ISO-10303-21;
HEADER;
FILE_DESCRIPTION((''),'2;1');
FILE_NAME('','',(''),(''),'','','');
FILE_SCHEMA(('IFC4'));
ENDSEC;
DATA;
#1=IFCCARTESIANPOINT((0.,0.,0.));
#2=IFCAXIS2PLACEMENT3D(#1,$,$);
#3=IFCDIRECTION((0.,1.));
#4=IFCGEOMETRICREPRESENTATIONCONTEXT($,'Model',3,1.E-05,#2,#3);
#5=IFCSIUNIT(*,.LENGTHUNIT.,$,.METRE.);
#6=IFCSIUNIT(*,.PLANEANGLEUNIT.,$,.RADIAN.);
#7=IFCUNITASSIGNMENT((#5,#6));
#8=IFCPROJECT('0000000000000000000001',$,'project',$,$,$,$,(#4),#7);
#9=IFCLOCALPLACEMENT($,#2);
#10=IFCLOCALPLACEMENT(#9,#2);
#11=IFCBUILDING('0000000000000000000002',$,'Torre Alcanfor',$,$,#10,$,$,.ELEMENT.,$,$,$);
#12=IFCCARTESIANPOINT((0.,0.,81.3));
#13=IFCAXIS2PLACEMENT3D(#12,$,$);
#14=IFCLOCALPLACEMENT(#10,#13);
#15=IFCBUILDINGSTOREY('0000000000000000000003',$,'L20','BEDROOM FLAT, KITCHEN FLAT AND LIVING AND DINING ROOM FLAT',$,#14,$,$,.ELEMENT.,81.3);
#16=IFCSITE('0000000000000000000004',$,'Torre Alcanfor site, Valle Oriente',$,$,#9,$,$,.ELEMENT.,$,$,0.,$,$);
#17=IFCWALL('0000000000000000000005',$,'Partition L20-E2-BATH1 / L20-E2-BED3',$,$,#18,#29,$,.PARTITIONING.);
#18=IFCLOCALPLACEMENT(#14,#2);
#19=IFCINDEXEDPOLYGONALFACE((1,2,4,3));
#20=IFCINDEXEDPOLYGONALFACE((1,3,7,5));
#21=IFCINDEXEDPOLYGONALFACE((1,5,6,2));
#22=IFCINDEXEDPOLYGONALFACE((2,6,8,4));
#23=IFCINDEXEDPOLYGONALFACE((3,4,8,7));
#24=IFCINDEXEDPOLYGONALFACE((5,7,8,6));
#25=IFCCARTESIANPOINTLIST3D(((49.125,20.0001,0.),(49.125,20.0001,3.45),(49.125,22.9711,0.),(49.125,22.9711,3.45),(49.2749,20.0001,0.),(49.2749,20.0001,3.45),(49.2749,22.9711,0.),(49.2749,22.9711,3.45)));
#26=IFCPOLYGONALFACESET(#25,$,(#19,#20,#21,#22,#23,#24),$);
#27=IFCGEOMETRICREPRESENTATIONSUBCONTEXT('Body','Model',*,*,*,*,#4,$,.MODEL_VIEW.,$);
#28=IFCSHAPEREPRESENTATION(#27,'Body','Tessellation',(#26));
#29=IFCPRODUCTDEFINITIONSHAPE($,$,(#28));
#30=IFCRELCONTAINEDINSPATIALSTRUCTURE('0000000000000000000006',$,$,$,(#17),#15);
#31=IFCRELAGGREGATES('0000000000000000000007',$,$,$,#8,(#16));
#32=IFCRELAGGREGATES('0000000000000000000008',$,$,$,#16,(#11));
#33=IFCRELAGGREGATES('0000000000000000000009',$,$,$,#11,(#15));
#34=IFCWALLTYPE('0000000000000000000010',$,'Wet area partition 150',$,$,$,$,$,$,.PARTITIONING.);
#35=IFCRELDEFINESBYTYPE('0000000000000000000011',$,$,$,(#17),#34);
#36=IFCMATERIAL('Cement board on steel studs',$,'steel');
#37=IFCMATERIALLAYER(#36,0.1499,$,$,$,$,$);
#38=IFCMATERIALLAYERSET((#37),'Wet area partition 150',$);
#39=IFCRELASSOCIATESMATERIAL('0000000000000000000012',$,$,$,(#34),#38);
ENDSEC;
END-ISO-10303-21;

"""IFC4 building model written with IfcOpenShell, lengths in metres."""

from ifc_helpers import new_model, si_unit, direction, frame, frame_2d, origin, place, context, subcontext, project, spatial, rectangle, extrude, material, layer, layer_set, type_object, element, save


model = new_model("IFC4")

# Units and contexts
model_context = context("Model", 3, precision=1e-05, world=origin(), true_north=direction((0.0, 1.0)))
body_context = subcontext(model_context, "Body", "Model", "MODEL_VIEW")
ifc_project = project(units=[si_unit("LENGTHUNIT", "METRE"), si_unit("PLANEANGLEUNIT", "RADIAN")], contexts=[model_context])

# Site, building, storey
site_placement = place(None, origin())
site = spatial("IfcSite", under=ifc_project, at=site_placement, Name="Torre Alcanfor site, Valle Oriente", CompositionType="ELEMENT", RefElevation=0.0)
building_placement = place(site_placement, origin())
building = spatial("IfcBuilding", under=site, at=building_placement, Name="Torre Alcanfor", CompositionType="ELEMENT")
storey_placement = place(building_placement, frame((0.0, 0.0, 81.3)))
storey = spatial("IfcBuildingStorey", under=building, at=storey_placement, Name="L20", Description="BEDROOM FLAT, KITCHEN FLAT AND LIVING AND DINING ROOM FLAT", CompositionType="ELEMENT", Elevation=81.3)

# Shared definitions
ifc_material_1 = material(Name="Cement board on steel studs", Category="steel")
ifc_layer_1 = layer(ifc_material_1, 0.1499)
ifc_layer_set_1 = layer_set([ifc_layer_1], Name="Wet area partition 150")
wall_type_1 = type_object("IfcWallType", Name="Wet area partition 150", PredefinedType="PARTITIONING", material=ifc_layer_set_1)

# Wall
for number, where, z_axis, x_axis, name in (
    (1, (49.2, 22.9709, 0.0), (0.0, 0.0, 1.0), (0.0, -1.0, 0.0), "Partition L20-E2-BATH1 / L20-E2-BED3"),
):
    element("IfcWall", number, at=place(storey_placement, frame(where, z_axis=z_axis, x_axis=x_axis)), inside=storey, type_object=wall_type_1, Name=name, PredefinedType="PARTITIONING", context=body_context, shape_type="SweptSolid", body=[
        extrude(rectangle(XDim=2.9709, YDim=0.1499, at=frame_2d((1.4854, 0.0))), origin(), (0.0, 0.0, 1.0), 3.45),
    ])

save(model, "model.ifc")
